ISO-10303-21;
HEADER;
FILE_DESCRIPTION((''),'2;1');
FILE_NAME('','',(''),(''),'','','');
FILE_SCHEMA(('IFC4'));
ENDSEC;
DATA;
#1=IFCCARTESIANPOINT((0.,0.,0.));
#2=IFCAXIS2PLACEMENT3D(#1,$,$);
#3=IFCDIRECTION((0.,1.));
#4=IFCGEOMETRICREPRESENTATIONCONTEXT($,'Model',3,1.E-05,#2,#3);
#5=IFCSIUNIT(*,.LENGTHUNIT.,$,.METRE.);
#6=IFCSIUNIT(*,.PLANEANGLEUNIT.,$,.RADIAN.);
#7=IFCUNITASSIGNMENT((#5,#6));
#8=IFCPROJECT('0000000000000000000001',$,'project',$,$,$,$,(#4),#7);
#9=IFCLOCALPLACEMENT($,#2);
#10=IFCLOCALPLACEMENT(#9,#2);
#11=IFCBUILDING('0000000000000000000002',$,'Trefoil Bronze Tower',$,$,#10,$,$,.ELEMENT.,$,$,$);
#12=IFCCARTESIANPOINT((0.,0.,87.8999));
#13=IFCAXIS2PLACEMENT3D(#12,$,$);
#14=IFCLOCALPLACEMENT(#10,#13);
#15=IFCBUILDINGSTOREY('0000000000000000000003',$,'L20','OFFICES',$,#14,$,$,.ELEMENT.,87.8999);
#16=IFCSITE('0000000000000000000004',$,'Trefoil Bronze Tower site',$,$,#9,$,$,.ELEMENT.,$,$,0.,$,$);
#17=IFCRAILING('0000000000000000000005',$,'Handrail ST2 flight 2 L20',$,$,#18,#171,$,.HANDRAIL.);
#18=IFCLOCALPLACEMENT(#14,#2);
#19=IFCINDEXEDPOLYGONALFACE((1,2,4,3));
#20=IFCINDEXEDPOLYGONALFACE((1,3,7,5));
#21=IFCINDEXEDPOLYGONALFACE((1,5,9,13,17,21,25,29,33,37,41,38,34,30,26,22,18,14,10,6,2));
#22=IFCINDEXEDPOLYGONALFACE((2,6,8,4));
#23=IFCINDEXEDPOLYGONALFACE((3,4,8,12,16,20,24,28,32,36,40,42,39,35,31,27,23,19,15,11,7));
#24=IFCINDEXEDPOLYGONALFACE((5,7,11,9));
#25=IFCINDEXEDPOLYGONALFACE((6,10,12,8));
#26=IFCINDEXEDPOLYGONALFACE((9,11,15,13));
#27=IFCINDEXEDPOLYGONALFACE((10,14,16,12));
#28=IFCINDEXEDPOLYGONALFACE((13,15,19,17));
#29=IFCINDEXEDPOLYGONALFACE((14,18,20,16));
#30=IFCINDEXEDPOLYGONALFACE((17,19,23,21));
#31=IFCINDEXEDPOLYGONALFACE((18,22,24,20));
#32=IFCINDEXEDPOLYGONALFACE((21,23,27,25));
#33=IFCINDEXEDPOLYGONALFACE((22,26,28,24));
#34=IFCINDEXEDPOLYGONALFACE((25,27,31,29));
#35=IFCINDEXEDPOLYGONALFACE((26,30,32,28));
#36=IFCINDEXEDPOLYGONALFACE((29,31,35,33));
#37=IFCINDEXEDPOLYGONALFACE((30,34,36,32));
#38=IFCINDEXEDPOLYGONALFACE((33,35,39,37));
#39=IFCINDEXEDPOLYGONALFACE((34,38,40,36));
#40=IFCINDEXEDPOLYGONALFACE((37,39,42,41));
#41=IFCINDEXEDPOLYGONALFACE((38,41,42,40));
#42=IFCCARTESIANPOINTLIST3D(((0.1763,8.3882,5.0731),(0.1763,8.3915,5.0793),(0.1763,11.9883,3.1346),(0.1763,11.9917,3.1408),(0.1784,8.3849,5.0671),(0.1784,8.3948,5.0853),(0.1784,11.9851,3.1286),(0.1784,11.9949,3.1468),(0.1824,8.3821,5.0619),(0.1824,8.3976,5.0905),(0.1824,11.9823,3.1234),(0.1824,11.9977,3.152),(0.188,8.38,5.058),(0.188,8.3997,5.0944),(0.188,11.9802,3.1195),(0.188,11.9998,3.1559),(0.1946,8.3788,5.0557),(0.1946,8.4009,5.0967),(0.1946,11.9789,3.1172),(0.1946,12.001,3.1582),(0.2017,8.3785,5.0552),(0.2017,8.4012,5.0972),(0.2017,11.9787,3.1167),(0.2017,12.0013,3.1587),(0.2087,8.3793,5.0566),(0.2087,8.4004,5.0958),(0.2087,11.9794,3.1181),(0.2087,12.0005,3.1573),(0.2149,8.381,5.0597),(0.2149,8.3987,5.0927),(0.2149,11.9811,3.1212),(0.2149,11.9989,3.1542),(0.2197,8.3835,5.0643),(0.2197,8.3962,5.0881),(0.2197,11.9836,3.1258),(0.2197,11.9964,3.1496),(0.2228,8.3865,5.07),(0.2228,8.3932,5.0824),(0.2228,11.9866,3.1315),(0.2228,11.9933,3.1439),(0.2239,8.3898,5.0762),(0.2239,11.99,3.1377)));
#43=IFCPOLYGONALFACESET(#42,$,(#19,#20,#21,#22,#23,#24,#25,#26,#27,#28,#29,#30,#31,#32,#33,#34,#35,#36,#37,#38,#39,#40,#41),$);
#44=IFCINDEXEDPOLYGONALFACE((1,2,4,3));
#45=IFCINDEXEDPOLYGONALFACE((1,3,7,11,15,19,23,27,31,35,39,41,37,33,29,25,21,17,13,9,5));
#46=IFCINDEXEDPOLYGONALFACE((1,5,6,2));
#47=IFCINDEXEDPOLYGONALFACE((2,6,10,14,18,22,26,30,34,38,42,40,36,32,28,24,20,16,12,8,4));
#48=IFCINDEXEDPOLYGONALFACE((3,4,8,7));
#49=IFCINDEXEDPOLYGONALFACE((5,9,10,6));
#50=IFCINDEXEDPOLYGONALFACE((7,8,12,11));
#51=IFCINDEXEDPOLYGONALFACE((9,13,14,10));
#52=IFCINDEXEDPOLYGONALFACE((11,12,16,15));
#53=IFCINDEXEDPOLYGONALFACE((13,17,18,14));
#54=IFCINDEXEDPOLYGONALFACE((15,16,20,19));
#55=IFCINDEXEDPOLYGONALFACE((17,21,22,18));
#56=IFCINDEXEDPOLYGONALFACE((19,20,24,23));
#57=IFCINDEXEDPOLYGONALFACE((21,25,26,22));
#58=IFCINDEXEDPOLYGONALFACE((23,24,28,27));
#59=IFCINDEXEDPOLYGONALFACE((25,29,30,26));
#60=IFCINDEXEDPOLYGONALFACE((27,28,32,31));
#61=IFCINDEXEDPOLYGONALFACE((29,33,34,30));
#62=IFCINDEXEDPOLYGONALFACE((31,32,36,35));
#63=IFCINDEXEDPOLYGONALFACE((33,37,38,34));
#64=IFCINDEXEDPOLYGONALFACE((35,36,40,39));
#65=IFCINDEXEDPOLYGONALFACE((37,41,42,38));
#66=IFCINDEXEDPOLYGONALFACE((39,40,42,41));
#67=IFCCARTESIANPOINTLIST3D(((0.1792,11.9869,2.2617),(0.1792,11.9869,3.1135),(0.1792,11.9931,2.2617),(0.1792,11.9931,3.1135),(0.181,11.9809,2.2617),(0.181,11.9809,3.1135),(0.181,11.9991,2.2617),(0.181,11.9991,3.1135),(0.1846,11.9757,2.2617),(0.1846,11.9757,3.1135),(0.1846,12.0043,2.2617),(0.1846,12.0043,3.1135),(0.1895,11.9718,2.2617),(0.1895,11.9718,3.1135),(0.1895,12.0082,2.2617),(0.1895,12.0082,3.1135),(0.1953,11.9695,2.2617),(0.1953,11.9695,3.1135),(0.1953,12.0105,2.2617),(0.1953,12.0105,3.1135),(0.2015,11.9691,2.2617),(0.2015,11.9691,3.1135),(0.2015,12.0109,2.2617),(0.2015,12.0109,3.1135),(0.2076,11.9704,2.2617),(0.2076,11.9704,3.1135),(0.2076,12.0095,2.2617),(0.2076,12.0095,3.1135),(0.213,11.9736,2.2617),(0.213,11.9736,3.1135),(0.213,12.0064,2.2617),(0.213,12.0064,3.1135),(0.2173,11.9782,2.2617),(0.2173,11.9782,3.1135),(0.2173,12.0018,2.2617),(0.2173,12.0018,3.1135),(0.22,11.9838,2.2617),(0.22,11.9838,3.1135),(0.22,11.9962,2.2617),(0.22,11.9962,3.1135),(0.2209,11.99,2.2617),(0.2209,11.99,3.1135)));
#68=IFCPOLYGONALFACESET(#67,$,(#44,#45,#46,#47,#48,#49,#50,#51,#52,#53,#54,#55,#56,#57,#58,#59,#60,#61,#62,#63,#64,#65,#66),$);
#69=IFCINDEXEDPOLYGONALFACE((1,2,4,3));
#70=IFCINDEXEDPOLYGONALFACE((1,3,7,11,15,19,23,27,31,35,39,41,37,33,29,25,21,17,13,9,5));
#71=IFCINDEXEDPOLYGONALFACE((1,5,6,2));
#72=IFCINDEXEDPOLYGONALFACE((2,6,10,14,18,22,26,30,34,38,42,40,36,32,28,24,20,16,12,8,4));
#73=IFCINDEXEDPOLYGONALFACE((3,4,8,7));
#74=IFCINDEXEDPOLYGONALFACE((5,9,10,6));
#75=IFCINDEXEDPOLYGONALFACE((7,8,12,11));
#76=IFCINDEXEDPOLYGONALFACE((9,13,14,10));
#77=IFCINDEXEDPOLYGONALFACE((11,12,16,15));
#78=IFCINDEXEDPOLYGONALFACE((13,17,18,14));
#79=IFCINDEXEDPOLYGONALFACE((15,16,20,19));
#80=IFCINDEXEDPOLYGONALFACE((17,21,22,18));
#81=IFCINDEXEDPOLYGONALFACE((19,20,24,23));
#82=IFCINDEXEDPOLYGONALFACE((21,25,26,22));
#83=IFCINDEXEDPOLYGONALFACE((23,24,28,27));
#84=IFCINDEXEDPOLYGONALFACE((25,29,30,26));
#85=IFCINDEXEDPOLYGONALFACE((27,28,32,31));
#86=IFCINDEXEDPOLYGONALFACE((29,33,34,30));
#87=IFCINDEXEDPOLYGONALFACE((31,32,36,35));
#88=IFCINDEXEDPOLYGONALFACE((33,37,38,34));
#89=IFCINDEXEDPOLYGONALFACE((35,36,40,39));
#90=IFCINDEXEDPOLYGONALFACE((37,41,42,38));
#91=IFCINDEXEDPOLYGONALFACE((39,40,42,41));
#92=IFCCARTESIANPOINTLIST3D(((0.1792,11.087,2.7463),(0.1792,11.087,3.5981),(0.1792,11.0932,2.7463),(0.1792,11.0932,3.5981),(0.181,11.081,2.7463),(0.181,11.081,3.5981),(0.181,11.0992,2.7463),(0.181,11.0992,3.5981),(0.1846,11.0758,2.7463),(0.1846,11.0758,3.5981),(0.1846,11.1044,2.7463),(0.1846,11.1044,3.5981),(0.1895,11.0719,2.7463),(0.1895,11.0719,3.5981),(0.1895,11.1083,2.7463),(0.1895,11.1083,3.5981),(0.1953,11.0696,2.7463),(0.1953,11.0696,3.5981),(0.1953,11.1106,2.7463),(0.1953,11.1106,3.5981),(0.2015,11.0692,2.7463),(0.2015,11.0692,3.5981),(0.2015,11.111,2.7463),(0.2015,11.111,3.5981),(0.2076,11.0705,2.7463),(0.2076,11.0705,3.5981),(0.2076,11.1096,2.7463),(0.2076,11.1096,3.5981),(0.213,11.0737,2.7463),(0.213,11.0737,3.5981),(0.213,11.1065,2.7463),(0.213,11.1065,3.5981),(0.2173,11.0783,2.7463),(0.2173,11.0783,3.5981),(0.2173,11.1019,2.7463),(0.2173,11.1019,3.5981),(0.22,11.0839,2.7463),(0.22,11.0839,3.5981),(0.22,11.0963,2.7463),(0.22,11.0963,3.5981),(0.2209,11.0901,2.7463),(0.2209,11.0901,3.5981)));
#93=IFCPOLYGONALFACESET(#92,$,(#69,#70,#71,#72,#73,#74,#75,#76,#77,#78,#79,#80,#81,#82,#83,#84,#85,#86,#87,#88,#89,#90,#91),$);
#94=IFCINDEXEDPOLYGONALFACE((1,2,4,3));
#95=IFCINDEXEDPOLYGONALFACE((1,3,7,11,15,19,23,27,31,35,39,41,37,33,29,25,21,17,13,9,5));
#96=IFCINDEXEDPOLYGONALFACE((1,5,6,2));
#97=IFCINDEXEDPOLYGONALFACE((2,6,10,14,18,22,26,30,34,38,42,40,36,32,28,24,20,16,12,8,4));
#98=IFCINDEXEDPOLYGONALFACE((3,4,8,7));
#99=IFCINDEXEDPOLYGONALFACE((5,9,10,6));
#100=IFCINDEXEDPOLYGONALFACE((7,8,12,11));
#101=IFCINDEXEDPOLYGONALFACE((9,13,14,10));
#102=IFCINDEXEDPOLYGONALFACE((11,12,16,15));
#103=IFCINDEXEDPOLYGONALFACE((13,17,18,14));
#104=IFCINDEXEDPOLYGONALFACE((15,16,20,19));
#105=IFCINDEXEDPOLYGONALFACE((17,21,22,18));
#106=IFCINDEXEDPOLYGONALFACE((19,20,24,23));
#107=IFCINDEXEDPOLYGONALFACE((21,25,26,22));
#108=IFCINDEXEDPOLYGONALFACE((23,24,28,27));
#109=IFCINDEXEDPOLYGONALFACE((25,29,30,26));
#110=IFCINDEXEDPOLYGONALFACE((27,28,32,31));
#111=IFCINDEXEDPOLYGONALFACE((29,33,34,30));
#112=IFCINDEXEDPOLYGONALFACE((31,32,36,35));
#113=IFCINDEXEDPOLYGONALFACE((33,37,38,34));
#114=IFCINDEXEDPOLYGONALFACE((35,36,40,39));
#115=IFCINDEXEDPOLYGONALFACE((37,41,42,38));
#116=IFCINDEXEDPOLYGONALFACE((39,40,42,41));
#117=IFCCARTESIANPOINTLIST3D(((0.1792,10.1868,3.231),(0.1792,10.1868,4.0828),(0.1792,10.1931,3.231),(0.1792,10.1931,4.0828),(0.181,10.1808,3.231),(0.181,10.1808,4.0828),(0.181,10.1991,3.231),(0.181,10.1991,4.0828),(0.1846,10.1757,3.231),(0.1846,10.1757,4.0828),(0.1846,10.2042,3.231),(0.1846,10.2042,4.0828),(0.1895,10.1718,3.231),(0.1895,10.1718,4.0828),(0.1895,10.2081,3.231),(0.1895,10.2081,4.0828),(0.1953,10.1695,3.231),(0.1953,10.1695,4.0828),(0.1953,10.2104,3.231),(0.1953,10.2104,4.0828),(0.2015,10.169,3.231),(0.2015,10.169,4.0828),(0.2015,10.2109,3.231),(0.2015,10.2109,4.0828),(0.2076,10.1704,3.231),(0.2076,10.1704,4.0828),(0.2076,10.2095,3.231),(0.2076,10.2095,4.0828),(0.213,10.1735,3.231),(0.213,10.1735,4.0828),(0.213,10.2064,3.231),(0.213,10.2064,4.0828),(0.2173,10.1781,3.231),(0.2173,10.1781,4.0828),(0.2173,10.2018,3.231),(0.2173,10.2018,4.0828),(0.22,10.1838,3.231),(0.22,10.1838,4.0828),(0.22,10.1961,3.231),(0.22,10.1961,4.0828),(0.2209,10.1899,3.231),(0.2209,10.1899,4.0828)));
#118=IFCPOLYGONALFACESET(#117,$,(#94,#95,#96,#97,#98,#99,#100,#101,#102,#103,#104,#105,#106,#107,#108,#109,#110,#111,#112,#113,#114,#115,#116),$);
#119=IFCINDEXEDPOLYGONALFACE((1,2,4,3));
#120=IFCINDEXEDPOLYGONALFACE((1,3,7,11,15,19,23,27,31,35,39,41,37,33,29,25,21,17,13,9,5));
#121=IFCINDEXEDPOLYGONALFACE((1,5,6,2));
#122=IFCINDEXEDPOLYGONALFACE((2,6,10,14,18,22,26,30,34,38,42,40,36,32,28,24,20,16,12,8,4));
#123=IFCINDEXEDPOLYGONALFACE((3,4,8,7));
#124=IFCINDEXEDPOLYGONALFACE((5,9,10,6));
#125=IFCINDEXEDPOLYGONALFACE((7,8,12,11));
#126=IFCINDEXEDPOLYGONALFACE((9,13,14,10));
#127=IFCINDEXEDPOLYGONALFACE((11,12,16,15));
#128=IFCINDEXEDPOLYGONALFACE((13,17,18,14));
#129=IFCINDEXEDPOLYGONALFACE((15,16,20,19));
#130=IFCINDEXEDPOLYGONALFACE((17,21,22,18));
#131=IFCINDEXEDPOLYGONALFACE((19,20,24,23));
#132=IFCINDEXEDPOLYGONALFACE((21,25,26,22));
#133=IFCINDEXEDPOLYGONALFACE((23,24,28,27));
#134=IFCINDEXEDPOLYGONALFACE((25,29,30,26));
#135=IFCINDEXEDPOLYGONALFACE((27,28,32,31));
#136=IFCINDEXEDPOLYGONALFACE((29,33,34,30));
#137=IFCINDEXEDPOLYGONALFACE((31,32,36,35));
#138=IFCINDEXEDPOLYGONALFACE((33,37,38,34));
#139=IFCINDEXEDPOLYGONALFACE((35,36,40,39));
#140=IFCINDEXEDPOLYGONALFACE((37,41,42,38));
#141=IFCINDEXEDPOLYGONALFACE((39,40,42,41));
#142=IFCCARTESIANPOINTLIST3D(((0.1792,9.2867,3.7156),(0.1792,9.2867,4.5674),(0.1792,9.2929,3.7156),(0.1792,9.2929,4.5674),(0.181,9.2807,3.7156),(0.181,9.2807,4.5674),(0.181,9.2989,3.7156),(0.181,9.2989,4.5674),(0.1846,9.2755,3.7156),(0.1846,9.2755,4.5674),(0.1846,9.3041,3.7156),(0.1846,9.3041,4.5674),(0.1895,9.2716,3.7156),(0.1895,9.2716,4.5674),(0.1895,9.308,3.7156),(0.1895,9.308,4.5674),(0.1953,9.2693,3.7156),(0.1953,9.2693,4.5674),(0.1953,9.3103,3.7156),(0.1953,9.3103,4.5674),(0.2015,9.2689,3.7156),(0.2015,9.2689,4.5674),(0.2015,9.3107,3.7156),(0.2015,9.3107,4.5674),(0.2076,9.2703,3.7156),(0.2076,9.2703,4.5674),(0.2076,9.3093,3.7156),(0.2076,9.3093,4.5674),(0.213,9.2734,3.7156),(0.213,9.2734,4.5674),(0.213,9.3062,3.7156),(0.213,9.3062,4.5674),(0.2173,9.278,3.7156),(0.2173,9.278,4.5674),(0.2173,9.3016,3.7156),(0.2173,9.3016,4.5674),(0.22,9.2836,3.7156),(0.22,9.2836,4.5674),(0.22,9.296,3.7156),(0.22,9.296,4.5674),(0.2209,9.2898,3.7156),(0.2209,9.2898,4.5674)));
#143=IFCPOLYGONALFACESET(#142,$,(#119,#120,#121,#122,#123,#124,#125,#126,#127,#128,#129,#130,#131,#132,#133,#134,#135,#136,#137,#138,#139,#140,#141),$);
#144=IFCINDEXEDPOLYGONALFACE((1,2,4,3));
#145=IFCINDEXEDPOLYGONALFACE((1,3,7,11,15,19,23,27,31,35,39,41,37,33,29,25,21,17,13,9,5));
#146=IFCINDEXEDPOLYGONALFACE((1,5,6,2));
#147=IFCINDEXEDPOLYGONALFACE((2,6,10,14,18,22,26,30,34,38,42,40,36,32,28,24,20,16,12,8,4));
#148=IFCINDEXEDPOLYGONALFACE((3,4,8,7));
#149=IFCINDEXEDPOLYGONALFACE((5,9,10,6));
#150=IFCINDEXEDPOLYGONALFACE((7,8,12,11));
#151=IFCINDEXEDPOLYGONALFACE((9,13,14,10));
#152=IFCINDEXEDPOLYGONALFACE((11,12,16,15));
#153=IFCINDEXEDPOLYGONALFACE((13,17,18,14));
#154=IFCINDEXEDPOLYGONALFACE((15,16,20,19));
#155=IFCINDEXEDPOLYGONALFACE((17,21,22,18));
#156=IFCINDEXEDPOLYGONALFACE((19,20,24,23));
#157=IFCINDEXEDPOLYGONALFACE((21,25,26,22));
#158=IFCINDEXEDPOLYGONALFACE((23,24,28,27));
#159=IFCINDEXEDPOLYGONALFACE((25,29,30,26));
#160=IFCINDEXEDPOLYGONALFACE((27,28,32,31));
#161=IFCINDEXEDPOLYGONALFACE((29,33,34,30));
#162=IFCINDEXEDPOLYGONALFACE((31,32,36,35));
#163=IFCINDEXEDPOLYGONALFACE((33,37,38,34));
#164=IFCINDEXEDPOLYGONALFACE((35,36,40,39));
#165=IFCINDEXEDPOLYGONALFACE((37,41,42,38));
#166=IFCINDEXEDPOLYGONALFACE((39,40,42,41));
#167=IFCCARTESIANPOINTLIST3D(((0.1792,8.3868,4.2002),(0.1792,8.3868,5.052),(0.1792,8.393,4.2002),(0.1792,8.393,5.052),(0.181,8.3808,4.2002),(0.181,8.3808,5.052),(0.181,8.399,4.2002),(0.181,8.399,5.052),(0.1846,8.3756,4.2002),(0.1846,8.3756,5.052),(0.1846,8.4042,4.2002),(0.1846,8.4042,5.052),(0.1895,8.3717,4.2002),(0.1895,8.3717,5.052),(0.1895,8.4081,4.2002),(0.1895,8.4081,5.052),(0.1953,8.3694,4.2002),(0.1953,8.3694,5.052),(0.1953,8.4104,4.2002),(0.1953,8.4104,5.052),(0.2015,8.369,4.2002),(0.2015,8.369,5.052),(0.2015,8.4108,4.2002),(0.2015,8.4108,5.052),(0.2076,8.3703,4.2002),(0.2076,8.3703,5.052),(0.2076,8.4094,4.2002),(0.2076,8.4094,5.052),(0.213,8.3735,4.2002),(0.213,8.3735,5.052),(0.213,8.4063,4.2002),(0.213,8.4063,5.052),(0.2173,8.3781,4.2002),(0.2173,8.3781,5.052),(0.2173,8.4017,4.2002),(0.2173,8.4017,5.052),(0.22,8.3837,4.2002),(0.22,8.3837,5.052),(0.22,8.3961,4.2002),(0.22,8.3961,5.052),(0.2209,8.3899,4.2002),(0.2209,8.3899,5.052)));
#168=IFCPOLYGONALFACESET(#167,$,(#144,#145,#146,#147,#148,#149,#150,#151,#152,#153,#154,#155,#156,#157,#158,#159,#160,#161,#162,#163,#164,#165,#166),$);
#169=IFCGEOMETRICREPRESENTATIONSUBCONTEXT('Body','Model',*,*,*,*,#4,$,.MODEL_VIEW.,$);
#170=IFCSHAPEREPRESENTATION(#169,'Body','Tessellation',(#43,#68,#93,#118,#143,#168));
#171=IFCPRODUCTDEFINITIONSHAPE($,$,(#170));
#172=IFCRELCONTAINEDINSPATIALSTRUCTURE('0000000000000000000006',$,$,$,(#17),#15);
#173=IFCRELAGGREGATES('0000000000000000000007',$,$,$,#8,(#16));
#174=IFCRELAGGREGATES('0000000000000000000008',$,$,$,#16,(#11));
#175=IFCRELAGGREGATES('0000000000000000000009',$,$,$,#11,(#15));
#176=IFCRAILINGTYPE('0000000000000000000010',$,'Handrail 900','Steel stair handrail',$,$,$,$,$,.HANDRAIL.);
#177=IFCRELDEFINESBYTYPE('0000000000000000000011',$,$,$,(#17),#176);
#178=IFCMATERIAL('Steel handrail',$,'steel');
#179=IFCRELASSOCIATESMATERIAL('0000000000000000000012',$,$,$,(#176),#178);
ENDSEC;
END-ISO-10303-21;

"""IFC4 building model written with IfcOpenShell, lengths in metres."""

from ifc_helpers import new_model, si_unit, direction, frame, origin, origin_2d, place, context, subcontext, project, spatial, circle, extrude, material, type_object, element, save


model = new_model("IFC4")

# Units and contexts
model_context = context("Model", 3, precision=1e-05, world=origin(), true_north=direction((0.0, 1.0)))
body_context = subcontext(model_context, "Body", "Model", "MODEL_VIEW")
ifc_project = project(units=[si_unit("LENGTHUNIT", "METRE"), si_unit("PLANEANGLEUNIT", "RADIAN")], contexts=[model_context])

# Site, building, storey
site_placement = place(None, origin())
site = spatial("IfcSite", under=ifc_project, at=site_placement, Name="Trefoil Bronze Tower site", CompositionType="ELEMENT", RefElevation=0.0)
building_placement = place(site_placement, origin())
building = spatial("IfcBuilding", under=site, at=building_placement, Name="Trefoil Bronze Tower", CompositionType="ELEMENT")
storey_placement = place(building_placement, frame((0.0, 0.0, 87.8999)))
storey = spatial("IfcBuildingStorey", under=building, at=storey_placement, Name="L20", Description="OFFICES", CompositionType="ELEMENT", Elevation=87.8999)

# Railing
ifc_material_1 = material(Name="Steel handrail", Category="steel")
railing_type = type_object("IfcRailingType", Name="Handrail 900", Description="Steel stair handrail", PredefinedType="HANDRAIL", material=ifc_material_1)
railing_placement = place(storey_placement, frame((0.2, 11.99, 2.2617)))
element("IfcRailing", 1, at=railing_placement, inside=storey, type_object=railing_type, Name="Handrail ST2 flight 2 L20", PredefinedType="HANDRAIL", context=body_context, shape_type="SweptSolid", body=[
    extrude(circle(Radius=0.0239, at=origin_2d()), frame((0.0, 0.0, 0.876), z_axis=(0.0, -0.880475, 0.474093), x_axis=(1.0, 0.0, 0.0)), (0.0, 0.0, 1.0), 4.0889),
    extrude(circle(Radius=0.021, at=origin_2d()), origin(), (0.0, 0.0, 1.0), 0.8518),
    extrude(circle(Radius=0.021, at=origin_2d()), frame((0.0, -0.8999, 0.4846)), (0.0, 0.0, 1.0), 0.8518),
    extrude(circle(Radius=0.021, at=origin_2d()), frame((0.0, -1.8, 0.9692)), (0.0, 0.0, 1.0), 0.8518),
    extrude(circle(Radius=0.021, at=origin_2d()), frame((0.0, -2.7002, 1.4539)), (0.0, 0.0, 1.0), 0.8518),
    extrude(circle(Radius=0.021, at=origin_2d()), frame((0.0, -3.6001, 1.9385)), (0.0, 0.0, 1.0), 0.8518),
])

save(model, "model.ifc")
